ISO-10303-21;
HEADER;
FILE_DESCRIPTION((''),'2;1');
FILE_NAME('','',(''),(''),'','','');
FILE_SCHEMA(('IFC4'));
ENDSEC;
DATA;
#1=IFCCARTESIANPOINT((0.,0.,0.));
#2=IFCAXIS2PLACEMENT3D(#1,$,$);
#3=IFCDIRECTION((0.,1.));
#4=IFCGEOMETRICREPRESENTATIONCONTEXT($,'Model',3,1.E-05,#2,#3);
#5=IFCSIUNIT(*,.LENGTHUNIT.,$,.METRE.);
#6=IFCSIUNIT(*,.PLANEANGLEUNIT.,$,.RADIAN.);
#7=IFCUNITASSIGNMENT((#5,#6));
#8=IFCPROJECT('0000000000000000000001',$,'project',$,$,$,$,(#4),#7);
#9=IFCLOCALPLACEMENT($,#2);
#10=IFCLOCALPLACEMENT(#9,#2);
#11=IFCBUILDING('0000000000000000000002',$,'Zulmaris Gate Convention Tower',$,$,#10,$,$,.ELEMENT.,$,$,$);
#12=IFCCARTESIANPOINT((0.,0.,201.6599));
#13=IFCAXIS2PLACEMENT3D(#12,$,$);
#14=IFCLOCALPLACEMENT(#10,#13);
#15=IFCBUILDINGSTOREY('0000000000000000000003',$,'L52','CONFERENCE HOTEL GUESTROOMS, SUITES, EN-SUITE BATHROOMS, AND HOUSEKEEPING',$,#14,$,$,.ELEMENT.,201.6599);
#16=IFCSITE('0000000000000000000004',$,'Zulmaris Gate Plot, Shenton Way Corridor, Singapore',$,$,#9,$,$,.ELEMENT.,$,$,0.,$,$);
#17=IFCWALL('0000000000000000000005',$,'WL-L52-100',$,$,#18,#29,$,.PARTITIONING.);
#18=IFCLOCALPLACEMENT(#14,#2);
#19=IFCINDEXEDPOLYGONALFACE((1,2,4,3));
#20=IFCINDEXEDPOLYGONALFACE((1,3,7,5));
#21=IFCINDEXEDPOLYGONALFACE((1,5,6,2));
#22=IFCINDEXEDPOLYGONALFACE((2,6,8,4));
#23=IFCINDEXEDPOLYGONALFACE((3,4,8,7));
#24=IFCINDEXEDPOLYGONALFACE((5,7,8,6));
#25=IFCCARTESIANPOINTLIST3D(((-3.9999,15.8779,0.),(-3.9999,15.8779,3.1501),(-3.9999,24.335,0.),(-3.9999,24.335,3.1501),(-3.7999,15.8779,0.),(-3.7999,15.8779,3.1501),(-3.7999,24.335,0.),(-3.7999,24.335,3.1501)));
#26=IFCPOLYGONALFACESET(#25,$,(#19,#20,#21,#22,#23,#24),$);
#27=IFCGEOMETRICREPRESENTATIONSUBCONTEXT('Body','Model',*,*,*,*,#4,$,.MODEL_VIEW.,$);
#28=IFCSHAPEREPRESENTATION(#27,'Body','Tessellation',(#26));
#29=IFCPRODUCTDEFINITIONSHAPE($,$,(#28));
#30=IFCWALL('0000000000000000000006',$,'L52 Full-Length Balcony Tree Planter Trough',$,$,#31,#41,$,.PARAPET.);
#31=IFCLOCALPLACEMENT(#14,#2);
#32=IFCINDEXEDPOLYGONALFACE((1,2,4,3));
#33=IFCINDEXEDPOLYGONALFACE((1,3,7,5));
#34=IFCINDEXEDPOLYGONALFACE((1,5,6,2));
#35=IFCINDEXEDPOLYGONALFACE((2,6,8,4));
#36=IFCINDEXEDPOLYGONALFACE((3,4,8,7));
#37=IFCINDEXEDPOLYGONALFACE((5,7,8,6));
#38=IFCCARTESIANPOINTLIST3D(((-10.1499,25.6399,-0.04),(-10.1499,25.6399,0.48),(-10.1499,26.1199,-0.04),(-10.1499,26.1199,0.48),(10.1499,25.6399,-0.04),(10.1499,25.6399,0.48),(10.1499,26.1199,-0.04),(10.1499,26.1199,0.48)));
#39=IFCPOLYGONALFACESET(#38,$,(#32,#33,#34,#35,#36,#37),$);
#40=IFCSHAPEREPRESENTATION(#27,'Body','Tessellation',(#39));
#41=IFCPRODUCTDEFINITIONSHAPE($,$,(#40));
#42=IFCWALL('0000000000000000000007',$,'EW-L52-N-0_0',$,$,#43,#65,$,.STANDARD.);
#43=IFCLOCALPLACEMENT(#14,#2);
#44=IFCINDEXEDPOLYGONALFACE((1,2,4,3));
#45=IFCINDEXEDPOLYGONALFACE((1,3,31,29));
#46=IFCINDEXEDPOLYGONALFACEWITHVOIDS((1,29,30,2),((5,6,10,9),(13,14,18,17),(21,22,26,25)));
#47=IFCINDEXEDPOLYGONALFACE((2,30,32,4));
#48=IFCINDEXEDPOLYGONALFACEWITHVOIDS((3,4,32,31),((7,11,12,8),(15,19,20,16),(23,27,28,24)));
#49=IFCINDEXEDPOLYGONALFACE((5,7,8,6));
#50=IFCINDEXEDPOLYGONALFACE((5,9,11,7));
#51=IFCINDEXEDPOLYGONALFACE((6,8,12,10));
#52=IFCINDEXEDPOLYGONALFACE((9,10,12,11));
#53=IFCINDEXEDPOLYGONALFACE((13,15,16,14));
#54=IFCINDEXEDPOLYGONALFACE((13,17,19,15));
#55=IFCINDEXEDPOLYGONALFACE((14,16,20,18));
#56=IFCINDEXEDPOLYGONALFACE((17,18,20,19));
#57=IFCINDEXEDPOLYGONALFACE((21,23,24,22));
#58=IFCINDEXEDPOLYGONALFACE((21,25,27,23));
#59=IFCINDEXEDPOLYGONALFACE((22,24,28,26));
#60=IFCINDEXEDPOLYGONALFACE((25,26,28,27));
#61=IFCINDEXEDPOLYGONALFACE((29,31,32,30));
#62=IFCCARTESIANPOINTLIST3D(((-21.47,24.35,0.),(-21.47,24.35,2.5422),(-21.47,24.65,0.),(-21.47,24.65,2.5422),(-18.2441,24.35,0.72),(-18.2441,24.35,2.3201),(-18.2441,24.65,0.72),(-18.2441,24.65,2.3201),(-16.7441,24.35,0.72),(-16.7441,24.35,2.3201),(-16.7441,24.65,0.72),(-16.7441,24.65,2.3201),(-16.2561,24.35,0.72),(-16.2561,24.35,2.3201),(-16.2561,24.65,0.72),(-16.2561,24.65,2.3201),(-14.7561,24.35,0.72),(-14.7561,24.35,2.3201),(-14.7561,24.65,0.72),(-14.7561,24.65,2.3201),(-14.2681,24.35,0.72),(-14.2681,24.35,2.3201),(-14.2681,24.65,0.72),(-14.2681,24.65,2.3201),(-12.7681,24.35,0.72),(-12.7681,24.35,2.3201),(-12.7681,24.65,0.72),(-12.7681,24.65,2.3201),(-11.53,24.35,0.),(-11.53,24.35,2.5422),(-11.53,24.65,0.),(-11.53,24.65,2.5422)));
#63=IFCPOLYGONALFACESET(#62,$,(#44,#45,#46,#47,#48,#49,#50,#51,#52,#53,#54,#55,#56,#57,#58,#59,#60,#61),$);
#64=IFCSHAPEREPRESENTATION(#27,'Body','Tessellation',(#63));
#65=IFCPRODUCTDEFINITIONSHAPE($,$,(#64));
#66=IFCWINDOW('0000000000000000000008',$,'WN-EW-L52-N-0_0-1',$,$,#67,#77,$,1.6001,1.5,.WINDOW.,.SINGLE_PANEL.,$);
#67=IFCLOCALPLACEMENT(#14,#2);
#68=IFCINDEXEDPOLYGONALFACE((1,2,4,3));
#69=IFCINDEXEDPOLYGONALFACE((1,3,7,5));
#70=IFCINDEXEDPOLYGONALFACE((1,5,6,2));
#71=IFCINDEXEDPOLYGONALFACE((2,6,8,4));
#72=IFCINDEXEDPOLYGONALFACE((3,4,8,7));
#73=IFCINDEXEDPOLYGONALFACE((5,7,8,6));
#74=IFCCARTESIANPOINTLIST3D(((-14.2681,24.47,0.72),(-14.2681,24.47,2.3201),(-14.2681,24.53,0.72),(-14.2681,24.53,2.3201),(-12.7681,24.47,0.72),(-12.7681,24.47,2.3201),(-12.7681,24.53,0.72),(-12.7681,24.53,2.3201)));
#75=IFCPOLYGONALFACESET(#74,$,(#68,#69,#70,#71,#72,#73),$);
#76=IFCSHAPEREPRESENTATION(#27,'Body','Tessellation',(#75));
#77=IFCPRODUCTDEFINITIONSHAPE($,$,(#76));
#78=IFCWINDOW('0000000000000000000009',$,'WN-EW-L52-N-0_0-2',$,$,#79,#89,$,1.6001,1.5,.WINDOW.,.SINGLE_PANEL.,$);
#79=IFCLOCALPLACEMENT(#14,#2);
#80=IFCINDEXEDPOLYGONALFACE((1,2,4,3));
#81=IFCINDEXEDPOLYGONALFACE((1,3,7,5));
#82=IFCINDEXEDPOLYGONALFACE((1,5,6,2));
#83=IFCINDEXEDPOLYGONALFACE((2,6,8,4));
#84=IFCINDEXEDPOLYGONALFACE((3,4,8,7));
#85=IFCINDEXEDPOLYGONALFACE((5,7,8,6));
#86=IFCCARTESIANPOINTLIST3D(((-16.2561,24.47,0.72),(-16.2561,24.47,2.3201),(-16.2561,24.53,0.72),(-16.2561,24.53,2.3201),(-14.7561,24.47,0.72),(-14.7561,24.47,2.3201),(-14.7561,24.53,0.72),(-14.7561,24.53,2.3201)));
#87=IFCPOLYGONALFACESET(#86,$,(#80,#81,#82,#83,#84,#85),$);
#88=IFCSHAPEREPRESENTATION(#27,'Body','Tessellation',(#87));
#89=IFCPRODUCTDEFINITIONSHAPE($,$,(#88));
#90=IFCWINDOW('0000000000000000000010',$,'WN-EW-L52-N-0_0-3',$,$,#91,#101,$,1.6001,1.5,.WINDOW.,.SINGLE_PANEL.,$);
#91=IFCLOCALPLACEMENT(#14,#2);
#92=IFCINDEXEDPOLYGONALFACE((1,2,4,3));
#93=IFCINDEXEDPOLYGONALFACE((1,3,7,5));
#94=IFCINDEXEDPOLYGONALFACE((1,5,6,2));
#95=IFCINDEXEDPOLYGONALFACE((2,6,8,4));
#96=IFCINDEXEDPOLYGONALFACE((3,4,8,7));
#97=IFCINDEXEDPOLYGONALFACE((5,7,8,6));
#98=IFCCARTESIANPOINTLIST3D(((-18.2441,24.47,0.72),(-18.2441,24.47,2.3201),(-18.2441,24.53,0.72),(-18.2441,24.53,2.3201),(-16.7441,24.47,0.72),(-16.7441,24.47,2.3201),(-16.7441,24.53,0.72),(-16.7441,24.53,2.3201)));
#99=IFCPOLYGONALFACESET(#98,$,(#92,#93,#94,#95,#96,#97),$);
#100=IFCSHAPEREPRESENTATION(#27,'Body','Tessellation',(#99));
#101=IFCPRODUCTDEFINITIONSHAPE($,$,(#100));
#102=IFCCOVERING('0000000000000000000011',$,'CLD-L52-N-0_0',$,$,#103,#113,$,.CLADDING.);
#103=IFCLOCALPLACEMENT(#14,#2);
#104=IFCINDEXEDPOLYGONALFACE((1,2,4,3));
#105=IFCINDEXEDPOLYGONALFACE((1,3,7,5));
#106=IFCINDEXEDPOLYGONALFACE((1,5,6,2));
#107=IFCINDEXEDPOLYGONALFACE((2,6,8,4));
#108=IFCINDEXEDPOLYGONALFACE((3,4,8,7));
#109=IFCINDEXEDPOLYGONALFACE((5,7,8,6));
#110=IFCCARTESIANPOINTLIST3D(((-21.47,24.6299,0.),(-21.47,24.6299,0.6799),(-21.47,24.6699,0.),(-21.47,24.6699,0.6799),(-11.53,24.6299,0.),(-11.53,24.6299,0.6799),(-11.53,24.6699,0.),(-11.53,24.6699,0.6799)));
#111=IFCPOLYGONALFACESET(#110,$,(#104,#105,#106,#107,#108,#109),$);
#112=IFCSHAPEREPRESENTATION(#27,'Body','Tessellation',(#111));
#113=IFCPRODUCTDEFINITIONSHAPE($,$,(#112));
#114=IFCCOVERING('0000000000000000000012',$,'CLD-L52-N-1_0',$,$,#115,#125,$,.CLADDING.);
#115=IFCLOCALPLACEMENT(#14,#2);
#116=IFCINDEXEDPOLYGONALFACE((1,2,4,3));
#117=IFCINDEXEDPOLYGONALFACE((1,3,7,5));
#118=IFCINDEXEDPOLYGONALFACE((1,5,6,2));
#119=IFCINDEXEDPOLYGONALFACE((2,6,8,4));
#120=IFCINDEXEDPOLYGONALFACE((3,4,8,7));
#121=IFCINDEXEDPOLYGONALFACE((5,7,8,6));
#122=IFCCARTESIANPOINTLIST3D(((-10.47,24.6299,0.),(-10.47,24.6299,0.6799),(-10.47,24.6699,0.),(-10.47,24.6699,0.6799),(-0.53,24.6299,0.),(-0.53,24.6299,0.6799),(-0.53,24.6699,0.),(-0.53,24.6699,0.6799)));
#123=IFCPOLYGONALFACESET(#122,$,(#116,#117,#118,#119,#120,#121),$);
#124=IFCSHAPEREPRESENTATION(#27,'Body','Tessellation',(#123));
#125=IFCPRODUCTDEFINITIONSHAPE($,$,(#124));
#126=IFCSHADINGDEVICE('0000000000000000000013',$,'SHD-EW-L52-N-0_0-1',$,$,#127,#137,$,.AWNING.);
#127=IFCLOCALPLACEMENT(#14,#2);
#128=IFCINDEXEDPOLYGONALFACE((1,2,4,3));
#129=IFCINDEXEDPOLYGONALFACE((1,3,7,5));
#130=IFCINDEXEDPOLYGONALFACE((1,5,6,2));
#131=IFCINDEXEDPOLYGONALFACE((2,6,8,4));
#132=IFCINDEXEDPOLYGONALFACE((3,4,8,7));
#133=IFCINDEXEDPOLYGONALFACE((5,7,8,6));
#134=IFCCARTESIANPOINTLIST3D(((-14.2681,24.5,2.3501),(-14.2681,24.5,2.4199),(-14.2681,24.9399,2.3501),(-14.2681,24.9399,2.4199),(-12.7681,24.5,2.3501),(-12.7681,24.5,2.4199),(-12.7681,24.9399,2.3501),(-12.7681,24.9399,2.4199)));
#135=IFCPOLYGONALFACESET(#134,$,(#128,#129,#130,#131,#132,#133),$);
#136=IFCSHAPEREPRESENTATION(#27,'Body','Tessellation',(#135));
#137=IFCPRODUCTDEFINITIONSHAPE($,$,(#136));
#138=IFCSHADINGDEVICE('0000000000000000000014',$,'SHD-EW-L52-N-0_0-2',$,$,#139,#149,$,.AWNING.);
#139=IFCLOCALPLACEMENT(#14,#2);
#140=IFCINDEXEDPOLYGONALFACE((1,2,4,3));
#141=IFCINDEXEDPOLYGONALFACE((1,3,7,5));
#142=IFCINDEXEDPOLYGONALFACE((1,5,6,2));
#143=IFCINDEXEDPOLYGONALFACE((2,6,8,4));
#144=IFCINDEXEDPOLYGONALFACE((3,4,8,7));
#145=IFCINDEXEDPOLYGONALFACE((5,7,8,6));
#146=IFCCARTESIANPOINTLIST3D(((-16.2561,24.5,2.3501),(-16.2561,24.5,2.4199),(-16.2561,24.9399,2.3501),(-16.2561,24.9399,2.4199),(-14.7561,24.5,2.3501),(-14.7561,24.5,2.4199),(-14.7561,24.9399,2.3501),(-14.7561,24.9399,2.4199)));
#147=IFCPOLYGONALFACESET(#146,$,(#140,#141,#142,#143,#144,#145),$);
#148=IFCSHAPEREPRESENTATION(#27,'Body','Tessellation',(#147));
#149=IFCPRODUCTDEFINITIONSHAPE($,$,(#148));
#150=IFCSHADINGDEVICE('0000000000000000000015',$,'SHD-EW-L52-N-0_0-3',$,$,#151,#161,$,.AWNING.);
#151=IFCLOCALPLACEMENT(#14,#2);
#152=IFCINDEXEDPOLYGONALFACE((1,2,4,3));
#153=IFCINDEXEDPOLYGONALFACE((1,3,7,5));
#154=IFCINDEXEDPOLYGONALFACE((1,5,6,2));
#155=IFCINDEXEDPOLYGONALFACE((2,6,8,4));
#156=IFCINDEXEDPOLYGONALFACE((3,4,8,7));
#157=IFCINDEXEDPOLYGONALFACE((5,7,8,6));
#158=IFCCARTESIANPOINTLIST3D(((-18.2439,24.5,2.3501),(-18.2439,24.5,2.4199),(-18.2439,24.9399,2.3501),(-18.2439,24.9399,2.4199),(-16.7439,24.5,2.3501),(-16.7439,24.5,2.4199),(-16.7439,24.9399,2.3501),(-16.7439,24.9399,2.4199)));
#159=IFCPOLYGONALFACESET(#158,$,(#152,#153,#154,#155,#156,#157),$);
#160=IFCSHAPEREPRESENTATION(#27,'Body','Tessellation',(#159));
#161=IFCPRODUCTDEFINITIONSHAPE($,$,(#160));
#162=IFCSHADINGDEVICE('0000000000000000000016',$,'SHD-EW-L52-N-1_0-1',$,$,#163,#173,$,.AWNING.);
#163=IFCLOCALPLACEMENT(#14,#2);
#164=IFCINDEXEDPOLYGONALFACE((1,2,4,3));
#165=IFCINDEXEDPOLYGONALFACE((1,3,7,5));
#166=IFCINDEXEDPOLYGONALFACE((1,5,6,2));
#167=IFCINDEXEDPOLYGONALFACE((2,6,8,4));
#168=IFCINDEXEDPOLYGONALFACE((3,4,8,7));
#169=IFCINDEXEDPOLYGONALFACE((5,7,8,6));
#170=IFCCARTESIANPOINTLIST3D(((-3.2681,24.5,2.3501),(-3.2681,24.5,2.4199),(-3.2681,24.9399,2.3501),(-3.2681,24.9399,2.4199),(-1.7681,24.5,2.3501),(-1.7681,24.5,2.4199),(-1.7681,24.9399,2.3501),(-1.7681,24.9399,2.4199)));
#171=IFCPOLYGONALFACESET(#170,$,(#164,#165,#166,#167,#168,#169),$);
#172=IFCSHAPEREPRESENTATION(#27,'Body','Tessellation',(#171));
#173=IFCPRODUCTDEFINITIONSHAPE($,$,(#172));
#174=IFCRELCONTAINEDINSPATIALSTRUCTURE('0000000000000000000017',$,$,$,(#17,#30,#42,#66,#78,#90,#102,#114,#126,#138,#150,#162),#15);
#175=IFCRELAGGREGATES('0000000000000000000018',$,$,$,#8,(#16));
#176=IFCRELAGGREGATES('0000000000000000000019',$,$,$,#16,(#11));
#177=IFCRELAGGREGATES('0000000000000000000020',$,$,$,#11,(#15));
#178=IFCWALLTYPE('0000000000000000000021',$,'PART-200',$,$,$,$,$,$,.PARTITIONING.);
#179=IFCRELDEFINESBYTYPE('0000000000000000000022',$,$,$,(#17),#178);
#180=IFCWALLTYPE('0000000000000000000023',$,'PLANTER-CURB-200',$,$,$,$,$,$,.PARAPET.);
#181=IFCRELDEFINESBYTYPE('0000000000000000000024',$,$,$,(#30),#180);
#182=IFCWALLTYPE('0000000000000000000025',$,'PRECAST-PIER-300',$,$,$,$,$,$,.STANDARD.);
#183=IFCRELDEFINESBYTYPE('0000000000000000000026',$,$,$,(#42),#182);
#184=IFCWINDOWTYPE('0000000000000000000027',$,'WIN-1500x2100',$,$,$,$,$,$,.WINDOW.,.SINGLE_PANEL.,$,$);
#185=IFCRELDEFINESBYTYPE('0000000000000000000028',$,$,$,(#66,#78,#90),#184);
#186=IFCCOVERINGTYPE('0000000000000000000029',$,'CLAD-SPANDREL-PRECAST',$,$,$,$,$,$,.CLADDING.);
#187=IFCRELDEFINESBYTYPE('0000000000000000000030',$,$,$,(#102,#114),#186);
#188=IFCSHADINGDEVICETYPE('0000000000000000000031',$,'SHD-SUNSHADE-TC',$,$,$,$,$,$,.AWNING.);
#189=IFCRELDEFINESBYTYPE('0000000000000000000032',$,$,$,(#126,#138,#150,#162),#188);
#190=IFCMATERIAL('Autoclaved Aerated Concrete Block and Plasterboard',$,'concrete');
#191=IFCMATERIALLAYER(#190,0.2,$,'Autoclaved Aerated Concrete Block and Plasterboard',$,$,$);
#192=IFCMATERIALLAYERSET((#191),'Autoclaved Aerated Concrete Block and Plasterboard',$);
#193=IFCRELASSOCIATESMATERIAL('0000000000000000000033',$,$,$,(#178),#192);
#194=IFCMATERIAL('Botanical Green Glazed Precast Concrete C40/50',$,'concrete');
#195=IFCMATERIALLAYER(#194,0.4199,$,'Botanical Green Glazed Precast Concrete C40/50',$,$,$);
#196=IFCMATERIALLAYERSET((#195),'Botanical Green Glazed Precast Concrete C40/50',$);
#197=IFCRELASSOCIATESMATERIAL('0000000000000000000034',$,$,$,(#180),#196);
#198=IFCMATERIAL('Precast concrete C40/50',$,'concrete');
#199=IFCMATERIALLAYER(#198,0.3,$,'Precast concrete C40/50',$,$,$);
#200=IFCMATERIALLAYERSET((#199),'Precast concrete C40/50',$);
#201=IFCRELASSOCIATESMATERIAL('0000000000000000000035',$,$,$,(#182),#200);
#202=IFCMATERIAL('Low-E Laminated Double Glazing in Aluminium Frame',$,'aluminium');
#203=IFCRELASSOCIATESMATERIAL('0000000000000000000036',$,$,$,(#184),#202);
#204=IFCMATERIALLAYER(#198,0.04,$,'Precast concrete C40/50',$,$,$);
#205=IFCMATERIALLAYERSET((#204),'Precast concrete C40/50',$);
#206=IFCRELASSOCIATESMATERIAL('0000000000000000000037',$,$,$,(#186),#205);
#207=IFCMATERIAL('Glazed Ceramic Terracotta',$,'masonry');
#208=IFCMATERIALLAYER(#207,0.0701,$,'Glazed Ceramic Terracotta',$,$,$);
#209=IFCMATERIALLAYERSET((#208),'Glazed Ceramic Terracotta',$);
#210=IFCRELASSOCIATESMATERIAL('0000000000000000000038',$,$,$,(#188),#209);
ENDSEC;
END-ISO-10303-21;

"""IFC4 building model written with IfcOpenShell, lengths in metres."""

from ifc_helpers import new_model, si_unit, direction, frame, frame_2d, origin, place, context, subcontext, project, spatial, rectangle, extrude, material, layer, layer_set, type_object, element, fill, save


model = new_model("IFC4")

# Units and contexts
model_context = context("Model", 3, precision=1e-05, world=origin(), true_north=direction((0.0, 1.0)))
body_context = subcontext(model_context, "Body", "Model", "MODEL_VIEW")
ifc_project = project(units=[si_unit("LENGTHUNIT", "METRE"), si_unit("PLANEANGLEUNIT", "RADIAN")], contexts=[model_context])

# Site, building, storey
site_placement = place(None, origin())
site = spatial("IfcSite", under=ifc_project, at=site_placement, Name="Zulmaris Gate Plot, Shenton Way Corridor, Singapore", CompositionType="ELEMENT", RefElevation=0.0)
building_placement = place(site_placement, origin())
building = spatial("IfcBuilding", under=site, at=building_placement, Name="Zulmaris Gate Convention Tower", CompositionType="ELEMENT")
storey_placement = place(building_placement, frame((0.0, 0.0, 201.6599)))
storey = spatial("IfcBuildingStorey", under=building, at=storey_placement, Name="L52", Description="CONFERENCE HOTEL GUESTROOMS, SUITES, EN-SUITE BATHROOMS, AND HOUSEKEEPING", CompositionType="ELEMENT", Elevation=201.6599)

# Walls
ifc_material_1 = material(Name="Autoclaved Aerated Concrete Block and Plasterboard", Category="concrete")
ifc_layer_1 = layer(ifc_material_1, 0.2, Name="Autoclaved Aerated Concrete Block and Plasterboard")
ifc_layer_set_1 = layer_set([ifc_layer_1], Name="Autoclaved Aerated Concrete Block and Plasterboard")
wall_type_1 = type_object("IfcWallType", Name="PART-200", PredefinedType="PARTITIONING", material=ifc_layer_set_1)
wall_1_placement = place(storey_placement, frame((-3.8999, 15.8779, 0.0), z_axis=(0.0, 0.0, 1.0), x_axis=(0.0, 1.0, 0.0)))
element("IfcWall", 1, at=wall_1_placement, inside=storey, type_object=wall_type_1, Name="WL-L52-100", PredefinedType="PARTITIONING", context=body_context, shape_type="SweptSolid", body=[
    extrude(rectangle(XDim=8.457, YDim=0.2, at=frame_2d((4.2285, 0.0))), origin(), (0.0, 0.0, 1.0), 3.1501),
])
ifc_material_2 = material(Name="Botanical Green Glazed Precast Concrete C40/50", Category="concrete")
ifc_layer_2 = layer(ifc_material_2, 0.4199, Name="Botanical Green Glazed Precast Concrete C40/50")
ifc_layer_set_2 = layer_set([ifc_layer_2], Name="Botanical Green Glazed Precast Concrete C40/50")
wall_type_2 = type_object("IfcWallType", Name="PLANTER-CURB-200", PredefinedType="PARAPET", material=ifc_layer_set_2)
wall_2_placement = place(storey_placement, frame((-10.1499, 25.8799, -0.04), z_axis=(0.0, 0.0, 1.0), x_axis=(1.0, 0.0, 0.0)))
element("IfcWall", 2, at=wall_2_placement, inside=storey, type_object=wall_type_2, Name="L52 Full-Length Balcony Tree Planter Trough", PredefinedType="PARAPET", context=body_context, shape_type="SweptSolid", body=[
    extrude(rectangle(XDim=20.2998, YDim=0.48, at=frame_2d((10.1499, 0.0))), origin(), (0.0, 0.0, 1.0), 0.52),
])

# Wall, openings, windows
ifc_material_3 = material(Name="Precast concrete C40/50", Category="concrete")
ifc_layer_3 = layer(ifc_material_3, 0.3, Name="Precast concrete C40/50")
ifc_layer_set_3 = layer_set([ifc_layer_3], Name="Precast concrete C40/50")
wall_type_3 = type_object("IfcWallType", Name="PRECAST-PIER-300", PredefinedType="STANDARD", material=ifc_layer_set_3)
wall_3_placement = place(storey_placement, frame((-11.53, 24.5, 0.0), z_axis=(0.0, 0.0, 1.0), x_axis=(-1.0, 0.0, 0.0)))
wall_3 = element("IfcWall", 3, at=wall_3_placement, inside=storey, type_object=wall_type_3, Name="EW-L52-N-0_0", PredefinedType="STANDARD", context=body_context, shape_type="SweptSolid", body=[
    extrude(rectangle(XDim=9.9399, YDim=0.3, at=frame_2d((4.97, 0.0))), origin(), (0.0, 0.0, 1.0), 2.5422),
])
opening_1_placement = place(wall_3_placement, frame((1.238, 0.0, 0.72)))
opening_1 = element("IfcOpeningElement", 4, at=opening_1_placement, cuts=wall_3, PredefinedType="OPENING", context=body_context, shape_type="SweptSolid", body=[
    extrude(rectangle(XDim=1.5, YDim=1.6001, at=frame_2d((0.75, 0.8))), frame((0.0, 0.1602, 0.0), z_axis=(0.0, -1.0, 0.0), x_axis=(1.0, 0.0, 0.0)), (0.0, 0.0, 1.0), 0.3201),
])
opening_2_placement = place(wall_3_placement, frame((3.2261, 0.0, 0.72)))
opening_2 = element("IfcOpeningElement", 5, at=opening_2_placement, cuts=wall_3, PredefinedType="OPENING", context=body_context, shape_type="SweptSolid", body=[
    extrude(rectangle(XDim=1.5, YDim=1.6001, at=frame_2d((0.75, 0.8))), frame((0.0, 0.1602, 0.0), z_axis=(0.0, -1.0, 0.0), x_axis=(1.0, 0.0, 0.0)), (0.0, 0.0, 1.0), 0.3201),
])
opening_3_placement = place(wall_3_placement, frame((5.2141, 0.0, 0.72)))
opening_3 = element("IfcOpeningElement", 6, at=opening_3_placement, cuts=wall_3, PredefinedType="OPENING", context=body_context, shape_type="SweptSolid", body=[
    extrude(rectangle(XDim=1.5, YDim=1.6001, at=frame_2d((0.75, 0.8))), frame((0.0, 0.1602, 0.0), z_axis=(0.0, -1.0, 0.0), x_axis=(1.0, 0.0, 0.0)), (0.0, 0.0, 1.0), 0.3201),
])
ifc_material_4 = material(Name="Low-E Laminated Double Glazing in Aluminium Frame", Category="aluminium")
window_type = type_object("IfcWindowType", Name="WIN-1500x2100", PartitioningType="SINGLE_PANEL", PredefinedType="WINDOW", material=ifc_material_4)
window_1_placement = place(opening_1_placement, origin())
window_1 = element("IfcWindow", 7, at=window_1_placement, inside=storey, type_object=window_type, Name="WN-EW-L52-N-0_0-1", OverallHeight=1.6001, OverallWidth=1.5, PartitioningType="SINGLE_PANEL", PredefinedType="WINDOW", context=body_context, shape_type="SweptSolid", body=[
    extrude(rectangle(XDim=1.5, YDim=1.6001, at=frame_2d((0.75, 0.8))), frame((0.0, 0.03, 0.0), z_axis=(0.0, -1.0, 0.0), x_axis=(1.0, 0.0, 0.0)), (0.0, 0.0, 1.0), 0.0601),
])
fill(opening_1, window_1)
window_2_placement = place(opening_2_placement, origin())
window_2 = element("IfcWindow", 8, at=window_2_placement, inside=storey, type_object=window_type, Name="WN-EW-L52-N-0_0-2", OverallHeight=1.6001, OverallWidth=1.5, PartitioningType="SINGLE_PANEL", PredefinedType="WINDOW", context=body_context, shape_type="SweptSolid", body=[
    extrude(rectangle(XDim=1.5, YDim=1.6001, at=frame_2d((0.75, 0.8))), frame((0.0, 0.03, 0.0), z_axis=(0.0, -1.0, 0.0), x_axis=(1.0, 0.0, 0.0)), (0.0, 0.0, 1.0), 0.0601),
])
fill(opening_2, window_2)
window_3_placement = place(opening_3_placement, origin())
window_3 = element("IfcWindow", 9, at=window_3_placement, inside=storey, type_object=window_type, Name="WN-EW-L52-N-0_0-3", OverallHeight=1.6001, OverallWidth=1.5, PartitioningType="SINGLE_PANEL", PredefinedType="WINDOW", context=body_context, shape_type="SweptSolid", body=[
    extrude(rectangle(XDim=1.5, YDim=1.6001, at=frame_2d((0.75, 0.8))), frame((0.0, 0.03, 0.0), z_axis=(0.0, -1.0, 0.0), x_axis=(1.0, 0.0, 0.0)), (0.0, 0.0, 1.0), 0.0601),
])
fill(opening_3, window_3)

# Coverings
ifc_layer_4 = layer(ifc_material_3, 0.04, Name="Precast concrete C40/50")
ifc_layer_set_4 = layer_set([ifc_layer_4], Name="Precast concrete C40/50")
covering_type = type_object("IfcCoveringType", Name="CLAD-SPANDREL-PRECAST", PredefinedType="CLADDING", material=ifc_layer_set_4)
for number, where, z_axis, x_axis, name in (
    (10, (-11.53, 24.6499, 0.0), (0.0, 0.0, 1.0), (-1.0, 0.0, 0.0), "CLD-L52-N-0_0"),
    (11, (-0.53, 24.6499, 0.0), (0.0, 0.0, 1.0), (-1.0, 0.0, 0.0), "CLD-L52-N-1_0"),
):
    element("IfcCovering", number, at=place(storey_placement, frame(where, z_axis=z_axis, x_axis=x_axis)), inside=storey, type_object=covering_type, Name=name, PredefinedType="CLADDING", context=body_context, shape_type="SweptSolid", body=[
        extrude(rectangle(XDim=9.9399, YDim=0.04, at=frame_2d((4.97, 0.0))), origin(), (0.0, 0.0, 1.0), 0.6799),
    ])

# Shading devices
ifc_material_5 = material(Name="Glazed Ceramic Terracotta", Category="masonry")
ifc_layer_5 = layer(ifc_material_5, 0.0701, Name="Glazed Ceramic Terracotta")
ifc_layer_set_5 = layer_set([ifc_layer_5], Name="Glazed Ceramic Terracotta")
shading_device_type = type_object("IfcShadingDeviceType", Name="SHD-SUNSHADE-TC", PredefinedType="AWNING", material=ifc_layer_set_5)
for number, where, z_axis, x_axis, name in (
    (12, (-12.7681, 24.72, 2.3501), (0.0, 0.0, 1.0), (-1.0, 0.0, 0.0), "SHD-EW-L52-N-0_0-1"),
    (13, (-14.7561, 24.72, 2.3501), (0.0, 0.0, 1.0), (-1.0, 0.0, 0.0), "SHD-EW-L52-N-0_0-2"),
    (14, (-16.7439, 24.72, 2.3501), (0.0, 0.0, 1.0), (-1.0, 0.0, 0.0), "SHD-EW-L52-N-0_0-3"),
    (15, (-1.7681, 24.72, 2.3501), (0.0, 0.0, 1.0), (-1.0, 0.0, 0.0), "SHD-EW-L52-N-1_0-1"),
):
    element("IfcShadingDevice", number, at=place(storey_placement, frame(where, z_axis=z_axis, x_axis=x_axis)), inside=storey, type_object=shading_device_type, Name=name, PredefinedType="AWNING", context=body_context, shape_type="SweptSolid", body=[
        extrude(rectangle(XDim=1.5, YDim=0.4399, at=frame_2d((0.75, 0.0))), origin(), (0.0, 0.0, 1.0), 0.0698),
    ])

save(model, "model.ifc")
